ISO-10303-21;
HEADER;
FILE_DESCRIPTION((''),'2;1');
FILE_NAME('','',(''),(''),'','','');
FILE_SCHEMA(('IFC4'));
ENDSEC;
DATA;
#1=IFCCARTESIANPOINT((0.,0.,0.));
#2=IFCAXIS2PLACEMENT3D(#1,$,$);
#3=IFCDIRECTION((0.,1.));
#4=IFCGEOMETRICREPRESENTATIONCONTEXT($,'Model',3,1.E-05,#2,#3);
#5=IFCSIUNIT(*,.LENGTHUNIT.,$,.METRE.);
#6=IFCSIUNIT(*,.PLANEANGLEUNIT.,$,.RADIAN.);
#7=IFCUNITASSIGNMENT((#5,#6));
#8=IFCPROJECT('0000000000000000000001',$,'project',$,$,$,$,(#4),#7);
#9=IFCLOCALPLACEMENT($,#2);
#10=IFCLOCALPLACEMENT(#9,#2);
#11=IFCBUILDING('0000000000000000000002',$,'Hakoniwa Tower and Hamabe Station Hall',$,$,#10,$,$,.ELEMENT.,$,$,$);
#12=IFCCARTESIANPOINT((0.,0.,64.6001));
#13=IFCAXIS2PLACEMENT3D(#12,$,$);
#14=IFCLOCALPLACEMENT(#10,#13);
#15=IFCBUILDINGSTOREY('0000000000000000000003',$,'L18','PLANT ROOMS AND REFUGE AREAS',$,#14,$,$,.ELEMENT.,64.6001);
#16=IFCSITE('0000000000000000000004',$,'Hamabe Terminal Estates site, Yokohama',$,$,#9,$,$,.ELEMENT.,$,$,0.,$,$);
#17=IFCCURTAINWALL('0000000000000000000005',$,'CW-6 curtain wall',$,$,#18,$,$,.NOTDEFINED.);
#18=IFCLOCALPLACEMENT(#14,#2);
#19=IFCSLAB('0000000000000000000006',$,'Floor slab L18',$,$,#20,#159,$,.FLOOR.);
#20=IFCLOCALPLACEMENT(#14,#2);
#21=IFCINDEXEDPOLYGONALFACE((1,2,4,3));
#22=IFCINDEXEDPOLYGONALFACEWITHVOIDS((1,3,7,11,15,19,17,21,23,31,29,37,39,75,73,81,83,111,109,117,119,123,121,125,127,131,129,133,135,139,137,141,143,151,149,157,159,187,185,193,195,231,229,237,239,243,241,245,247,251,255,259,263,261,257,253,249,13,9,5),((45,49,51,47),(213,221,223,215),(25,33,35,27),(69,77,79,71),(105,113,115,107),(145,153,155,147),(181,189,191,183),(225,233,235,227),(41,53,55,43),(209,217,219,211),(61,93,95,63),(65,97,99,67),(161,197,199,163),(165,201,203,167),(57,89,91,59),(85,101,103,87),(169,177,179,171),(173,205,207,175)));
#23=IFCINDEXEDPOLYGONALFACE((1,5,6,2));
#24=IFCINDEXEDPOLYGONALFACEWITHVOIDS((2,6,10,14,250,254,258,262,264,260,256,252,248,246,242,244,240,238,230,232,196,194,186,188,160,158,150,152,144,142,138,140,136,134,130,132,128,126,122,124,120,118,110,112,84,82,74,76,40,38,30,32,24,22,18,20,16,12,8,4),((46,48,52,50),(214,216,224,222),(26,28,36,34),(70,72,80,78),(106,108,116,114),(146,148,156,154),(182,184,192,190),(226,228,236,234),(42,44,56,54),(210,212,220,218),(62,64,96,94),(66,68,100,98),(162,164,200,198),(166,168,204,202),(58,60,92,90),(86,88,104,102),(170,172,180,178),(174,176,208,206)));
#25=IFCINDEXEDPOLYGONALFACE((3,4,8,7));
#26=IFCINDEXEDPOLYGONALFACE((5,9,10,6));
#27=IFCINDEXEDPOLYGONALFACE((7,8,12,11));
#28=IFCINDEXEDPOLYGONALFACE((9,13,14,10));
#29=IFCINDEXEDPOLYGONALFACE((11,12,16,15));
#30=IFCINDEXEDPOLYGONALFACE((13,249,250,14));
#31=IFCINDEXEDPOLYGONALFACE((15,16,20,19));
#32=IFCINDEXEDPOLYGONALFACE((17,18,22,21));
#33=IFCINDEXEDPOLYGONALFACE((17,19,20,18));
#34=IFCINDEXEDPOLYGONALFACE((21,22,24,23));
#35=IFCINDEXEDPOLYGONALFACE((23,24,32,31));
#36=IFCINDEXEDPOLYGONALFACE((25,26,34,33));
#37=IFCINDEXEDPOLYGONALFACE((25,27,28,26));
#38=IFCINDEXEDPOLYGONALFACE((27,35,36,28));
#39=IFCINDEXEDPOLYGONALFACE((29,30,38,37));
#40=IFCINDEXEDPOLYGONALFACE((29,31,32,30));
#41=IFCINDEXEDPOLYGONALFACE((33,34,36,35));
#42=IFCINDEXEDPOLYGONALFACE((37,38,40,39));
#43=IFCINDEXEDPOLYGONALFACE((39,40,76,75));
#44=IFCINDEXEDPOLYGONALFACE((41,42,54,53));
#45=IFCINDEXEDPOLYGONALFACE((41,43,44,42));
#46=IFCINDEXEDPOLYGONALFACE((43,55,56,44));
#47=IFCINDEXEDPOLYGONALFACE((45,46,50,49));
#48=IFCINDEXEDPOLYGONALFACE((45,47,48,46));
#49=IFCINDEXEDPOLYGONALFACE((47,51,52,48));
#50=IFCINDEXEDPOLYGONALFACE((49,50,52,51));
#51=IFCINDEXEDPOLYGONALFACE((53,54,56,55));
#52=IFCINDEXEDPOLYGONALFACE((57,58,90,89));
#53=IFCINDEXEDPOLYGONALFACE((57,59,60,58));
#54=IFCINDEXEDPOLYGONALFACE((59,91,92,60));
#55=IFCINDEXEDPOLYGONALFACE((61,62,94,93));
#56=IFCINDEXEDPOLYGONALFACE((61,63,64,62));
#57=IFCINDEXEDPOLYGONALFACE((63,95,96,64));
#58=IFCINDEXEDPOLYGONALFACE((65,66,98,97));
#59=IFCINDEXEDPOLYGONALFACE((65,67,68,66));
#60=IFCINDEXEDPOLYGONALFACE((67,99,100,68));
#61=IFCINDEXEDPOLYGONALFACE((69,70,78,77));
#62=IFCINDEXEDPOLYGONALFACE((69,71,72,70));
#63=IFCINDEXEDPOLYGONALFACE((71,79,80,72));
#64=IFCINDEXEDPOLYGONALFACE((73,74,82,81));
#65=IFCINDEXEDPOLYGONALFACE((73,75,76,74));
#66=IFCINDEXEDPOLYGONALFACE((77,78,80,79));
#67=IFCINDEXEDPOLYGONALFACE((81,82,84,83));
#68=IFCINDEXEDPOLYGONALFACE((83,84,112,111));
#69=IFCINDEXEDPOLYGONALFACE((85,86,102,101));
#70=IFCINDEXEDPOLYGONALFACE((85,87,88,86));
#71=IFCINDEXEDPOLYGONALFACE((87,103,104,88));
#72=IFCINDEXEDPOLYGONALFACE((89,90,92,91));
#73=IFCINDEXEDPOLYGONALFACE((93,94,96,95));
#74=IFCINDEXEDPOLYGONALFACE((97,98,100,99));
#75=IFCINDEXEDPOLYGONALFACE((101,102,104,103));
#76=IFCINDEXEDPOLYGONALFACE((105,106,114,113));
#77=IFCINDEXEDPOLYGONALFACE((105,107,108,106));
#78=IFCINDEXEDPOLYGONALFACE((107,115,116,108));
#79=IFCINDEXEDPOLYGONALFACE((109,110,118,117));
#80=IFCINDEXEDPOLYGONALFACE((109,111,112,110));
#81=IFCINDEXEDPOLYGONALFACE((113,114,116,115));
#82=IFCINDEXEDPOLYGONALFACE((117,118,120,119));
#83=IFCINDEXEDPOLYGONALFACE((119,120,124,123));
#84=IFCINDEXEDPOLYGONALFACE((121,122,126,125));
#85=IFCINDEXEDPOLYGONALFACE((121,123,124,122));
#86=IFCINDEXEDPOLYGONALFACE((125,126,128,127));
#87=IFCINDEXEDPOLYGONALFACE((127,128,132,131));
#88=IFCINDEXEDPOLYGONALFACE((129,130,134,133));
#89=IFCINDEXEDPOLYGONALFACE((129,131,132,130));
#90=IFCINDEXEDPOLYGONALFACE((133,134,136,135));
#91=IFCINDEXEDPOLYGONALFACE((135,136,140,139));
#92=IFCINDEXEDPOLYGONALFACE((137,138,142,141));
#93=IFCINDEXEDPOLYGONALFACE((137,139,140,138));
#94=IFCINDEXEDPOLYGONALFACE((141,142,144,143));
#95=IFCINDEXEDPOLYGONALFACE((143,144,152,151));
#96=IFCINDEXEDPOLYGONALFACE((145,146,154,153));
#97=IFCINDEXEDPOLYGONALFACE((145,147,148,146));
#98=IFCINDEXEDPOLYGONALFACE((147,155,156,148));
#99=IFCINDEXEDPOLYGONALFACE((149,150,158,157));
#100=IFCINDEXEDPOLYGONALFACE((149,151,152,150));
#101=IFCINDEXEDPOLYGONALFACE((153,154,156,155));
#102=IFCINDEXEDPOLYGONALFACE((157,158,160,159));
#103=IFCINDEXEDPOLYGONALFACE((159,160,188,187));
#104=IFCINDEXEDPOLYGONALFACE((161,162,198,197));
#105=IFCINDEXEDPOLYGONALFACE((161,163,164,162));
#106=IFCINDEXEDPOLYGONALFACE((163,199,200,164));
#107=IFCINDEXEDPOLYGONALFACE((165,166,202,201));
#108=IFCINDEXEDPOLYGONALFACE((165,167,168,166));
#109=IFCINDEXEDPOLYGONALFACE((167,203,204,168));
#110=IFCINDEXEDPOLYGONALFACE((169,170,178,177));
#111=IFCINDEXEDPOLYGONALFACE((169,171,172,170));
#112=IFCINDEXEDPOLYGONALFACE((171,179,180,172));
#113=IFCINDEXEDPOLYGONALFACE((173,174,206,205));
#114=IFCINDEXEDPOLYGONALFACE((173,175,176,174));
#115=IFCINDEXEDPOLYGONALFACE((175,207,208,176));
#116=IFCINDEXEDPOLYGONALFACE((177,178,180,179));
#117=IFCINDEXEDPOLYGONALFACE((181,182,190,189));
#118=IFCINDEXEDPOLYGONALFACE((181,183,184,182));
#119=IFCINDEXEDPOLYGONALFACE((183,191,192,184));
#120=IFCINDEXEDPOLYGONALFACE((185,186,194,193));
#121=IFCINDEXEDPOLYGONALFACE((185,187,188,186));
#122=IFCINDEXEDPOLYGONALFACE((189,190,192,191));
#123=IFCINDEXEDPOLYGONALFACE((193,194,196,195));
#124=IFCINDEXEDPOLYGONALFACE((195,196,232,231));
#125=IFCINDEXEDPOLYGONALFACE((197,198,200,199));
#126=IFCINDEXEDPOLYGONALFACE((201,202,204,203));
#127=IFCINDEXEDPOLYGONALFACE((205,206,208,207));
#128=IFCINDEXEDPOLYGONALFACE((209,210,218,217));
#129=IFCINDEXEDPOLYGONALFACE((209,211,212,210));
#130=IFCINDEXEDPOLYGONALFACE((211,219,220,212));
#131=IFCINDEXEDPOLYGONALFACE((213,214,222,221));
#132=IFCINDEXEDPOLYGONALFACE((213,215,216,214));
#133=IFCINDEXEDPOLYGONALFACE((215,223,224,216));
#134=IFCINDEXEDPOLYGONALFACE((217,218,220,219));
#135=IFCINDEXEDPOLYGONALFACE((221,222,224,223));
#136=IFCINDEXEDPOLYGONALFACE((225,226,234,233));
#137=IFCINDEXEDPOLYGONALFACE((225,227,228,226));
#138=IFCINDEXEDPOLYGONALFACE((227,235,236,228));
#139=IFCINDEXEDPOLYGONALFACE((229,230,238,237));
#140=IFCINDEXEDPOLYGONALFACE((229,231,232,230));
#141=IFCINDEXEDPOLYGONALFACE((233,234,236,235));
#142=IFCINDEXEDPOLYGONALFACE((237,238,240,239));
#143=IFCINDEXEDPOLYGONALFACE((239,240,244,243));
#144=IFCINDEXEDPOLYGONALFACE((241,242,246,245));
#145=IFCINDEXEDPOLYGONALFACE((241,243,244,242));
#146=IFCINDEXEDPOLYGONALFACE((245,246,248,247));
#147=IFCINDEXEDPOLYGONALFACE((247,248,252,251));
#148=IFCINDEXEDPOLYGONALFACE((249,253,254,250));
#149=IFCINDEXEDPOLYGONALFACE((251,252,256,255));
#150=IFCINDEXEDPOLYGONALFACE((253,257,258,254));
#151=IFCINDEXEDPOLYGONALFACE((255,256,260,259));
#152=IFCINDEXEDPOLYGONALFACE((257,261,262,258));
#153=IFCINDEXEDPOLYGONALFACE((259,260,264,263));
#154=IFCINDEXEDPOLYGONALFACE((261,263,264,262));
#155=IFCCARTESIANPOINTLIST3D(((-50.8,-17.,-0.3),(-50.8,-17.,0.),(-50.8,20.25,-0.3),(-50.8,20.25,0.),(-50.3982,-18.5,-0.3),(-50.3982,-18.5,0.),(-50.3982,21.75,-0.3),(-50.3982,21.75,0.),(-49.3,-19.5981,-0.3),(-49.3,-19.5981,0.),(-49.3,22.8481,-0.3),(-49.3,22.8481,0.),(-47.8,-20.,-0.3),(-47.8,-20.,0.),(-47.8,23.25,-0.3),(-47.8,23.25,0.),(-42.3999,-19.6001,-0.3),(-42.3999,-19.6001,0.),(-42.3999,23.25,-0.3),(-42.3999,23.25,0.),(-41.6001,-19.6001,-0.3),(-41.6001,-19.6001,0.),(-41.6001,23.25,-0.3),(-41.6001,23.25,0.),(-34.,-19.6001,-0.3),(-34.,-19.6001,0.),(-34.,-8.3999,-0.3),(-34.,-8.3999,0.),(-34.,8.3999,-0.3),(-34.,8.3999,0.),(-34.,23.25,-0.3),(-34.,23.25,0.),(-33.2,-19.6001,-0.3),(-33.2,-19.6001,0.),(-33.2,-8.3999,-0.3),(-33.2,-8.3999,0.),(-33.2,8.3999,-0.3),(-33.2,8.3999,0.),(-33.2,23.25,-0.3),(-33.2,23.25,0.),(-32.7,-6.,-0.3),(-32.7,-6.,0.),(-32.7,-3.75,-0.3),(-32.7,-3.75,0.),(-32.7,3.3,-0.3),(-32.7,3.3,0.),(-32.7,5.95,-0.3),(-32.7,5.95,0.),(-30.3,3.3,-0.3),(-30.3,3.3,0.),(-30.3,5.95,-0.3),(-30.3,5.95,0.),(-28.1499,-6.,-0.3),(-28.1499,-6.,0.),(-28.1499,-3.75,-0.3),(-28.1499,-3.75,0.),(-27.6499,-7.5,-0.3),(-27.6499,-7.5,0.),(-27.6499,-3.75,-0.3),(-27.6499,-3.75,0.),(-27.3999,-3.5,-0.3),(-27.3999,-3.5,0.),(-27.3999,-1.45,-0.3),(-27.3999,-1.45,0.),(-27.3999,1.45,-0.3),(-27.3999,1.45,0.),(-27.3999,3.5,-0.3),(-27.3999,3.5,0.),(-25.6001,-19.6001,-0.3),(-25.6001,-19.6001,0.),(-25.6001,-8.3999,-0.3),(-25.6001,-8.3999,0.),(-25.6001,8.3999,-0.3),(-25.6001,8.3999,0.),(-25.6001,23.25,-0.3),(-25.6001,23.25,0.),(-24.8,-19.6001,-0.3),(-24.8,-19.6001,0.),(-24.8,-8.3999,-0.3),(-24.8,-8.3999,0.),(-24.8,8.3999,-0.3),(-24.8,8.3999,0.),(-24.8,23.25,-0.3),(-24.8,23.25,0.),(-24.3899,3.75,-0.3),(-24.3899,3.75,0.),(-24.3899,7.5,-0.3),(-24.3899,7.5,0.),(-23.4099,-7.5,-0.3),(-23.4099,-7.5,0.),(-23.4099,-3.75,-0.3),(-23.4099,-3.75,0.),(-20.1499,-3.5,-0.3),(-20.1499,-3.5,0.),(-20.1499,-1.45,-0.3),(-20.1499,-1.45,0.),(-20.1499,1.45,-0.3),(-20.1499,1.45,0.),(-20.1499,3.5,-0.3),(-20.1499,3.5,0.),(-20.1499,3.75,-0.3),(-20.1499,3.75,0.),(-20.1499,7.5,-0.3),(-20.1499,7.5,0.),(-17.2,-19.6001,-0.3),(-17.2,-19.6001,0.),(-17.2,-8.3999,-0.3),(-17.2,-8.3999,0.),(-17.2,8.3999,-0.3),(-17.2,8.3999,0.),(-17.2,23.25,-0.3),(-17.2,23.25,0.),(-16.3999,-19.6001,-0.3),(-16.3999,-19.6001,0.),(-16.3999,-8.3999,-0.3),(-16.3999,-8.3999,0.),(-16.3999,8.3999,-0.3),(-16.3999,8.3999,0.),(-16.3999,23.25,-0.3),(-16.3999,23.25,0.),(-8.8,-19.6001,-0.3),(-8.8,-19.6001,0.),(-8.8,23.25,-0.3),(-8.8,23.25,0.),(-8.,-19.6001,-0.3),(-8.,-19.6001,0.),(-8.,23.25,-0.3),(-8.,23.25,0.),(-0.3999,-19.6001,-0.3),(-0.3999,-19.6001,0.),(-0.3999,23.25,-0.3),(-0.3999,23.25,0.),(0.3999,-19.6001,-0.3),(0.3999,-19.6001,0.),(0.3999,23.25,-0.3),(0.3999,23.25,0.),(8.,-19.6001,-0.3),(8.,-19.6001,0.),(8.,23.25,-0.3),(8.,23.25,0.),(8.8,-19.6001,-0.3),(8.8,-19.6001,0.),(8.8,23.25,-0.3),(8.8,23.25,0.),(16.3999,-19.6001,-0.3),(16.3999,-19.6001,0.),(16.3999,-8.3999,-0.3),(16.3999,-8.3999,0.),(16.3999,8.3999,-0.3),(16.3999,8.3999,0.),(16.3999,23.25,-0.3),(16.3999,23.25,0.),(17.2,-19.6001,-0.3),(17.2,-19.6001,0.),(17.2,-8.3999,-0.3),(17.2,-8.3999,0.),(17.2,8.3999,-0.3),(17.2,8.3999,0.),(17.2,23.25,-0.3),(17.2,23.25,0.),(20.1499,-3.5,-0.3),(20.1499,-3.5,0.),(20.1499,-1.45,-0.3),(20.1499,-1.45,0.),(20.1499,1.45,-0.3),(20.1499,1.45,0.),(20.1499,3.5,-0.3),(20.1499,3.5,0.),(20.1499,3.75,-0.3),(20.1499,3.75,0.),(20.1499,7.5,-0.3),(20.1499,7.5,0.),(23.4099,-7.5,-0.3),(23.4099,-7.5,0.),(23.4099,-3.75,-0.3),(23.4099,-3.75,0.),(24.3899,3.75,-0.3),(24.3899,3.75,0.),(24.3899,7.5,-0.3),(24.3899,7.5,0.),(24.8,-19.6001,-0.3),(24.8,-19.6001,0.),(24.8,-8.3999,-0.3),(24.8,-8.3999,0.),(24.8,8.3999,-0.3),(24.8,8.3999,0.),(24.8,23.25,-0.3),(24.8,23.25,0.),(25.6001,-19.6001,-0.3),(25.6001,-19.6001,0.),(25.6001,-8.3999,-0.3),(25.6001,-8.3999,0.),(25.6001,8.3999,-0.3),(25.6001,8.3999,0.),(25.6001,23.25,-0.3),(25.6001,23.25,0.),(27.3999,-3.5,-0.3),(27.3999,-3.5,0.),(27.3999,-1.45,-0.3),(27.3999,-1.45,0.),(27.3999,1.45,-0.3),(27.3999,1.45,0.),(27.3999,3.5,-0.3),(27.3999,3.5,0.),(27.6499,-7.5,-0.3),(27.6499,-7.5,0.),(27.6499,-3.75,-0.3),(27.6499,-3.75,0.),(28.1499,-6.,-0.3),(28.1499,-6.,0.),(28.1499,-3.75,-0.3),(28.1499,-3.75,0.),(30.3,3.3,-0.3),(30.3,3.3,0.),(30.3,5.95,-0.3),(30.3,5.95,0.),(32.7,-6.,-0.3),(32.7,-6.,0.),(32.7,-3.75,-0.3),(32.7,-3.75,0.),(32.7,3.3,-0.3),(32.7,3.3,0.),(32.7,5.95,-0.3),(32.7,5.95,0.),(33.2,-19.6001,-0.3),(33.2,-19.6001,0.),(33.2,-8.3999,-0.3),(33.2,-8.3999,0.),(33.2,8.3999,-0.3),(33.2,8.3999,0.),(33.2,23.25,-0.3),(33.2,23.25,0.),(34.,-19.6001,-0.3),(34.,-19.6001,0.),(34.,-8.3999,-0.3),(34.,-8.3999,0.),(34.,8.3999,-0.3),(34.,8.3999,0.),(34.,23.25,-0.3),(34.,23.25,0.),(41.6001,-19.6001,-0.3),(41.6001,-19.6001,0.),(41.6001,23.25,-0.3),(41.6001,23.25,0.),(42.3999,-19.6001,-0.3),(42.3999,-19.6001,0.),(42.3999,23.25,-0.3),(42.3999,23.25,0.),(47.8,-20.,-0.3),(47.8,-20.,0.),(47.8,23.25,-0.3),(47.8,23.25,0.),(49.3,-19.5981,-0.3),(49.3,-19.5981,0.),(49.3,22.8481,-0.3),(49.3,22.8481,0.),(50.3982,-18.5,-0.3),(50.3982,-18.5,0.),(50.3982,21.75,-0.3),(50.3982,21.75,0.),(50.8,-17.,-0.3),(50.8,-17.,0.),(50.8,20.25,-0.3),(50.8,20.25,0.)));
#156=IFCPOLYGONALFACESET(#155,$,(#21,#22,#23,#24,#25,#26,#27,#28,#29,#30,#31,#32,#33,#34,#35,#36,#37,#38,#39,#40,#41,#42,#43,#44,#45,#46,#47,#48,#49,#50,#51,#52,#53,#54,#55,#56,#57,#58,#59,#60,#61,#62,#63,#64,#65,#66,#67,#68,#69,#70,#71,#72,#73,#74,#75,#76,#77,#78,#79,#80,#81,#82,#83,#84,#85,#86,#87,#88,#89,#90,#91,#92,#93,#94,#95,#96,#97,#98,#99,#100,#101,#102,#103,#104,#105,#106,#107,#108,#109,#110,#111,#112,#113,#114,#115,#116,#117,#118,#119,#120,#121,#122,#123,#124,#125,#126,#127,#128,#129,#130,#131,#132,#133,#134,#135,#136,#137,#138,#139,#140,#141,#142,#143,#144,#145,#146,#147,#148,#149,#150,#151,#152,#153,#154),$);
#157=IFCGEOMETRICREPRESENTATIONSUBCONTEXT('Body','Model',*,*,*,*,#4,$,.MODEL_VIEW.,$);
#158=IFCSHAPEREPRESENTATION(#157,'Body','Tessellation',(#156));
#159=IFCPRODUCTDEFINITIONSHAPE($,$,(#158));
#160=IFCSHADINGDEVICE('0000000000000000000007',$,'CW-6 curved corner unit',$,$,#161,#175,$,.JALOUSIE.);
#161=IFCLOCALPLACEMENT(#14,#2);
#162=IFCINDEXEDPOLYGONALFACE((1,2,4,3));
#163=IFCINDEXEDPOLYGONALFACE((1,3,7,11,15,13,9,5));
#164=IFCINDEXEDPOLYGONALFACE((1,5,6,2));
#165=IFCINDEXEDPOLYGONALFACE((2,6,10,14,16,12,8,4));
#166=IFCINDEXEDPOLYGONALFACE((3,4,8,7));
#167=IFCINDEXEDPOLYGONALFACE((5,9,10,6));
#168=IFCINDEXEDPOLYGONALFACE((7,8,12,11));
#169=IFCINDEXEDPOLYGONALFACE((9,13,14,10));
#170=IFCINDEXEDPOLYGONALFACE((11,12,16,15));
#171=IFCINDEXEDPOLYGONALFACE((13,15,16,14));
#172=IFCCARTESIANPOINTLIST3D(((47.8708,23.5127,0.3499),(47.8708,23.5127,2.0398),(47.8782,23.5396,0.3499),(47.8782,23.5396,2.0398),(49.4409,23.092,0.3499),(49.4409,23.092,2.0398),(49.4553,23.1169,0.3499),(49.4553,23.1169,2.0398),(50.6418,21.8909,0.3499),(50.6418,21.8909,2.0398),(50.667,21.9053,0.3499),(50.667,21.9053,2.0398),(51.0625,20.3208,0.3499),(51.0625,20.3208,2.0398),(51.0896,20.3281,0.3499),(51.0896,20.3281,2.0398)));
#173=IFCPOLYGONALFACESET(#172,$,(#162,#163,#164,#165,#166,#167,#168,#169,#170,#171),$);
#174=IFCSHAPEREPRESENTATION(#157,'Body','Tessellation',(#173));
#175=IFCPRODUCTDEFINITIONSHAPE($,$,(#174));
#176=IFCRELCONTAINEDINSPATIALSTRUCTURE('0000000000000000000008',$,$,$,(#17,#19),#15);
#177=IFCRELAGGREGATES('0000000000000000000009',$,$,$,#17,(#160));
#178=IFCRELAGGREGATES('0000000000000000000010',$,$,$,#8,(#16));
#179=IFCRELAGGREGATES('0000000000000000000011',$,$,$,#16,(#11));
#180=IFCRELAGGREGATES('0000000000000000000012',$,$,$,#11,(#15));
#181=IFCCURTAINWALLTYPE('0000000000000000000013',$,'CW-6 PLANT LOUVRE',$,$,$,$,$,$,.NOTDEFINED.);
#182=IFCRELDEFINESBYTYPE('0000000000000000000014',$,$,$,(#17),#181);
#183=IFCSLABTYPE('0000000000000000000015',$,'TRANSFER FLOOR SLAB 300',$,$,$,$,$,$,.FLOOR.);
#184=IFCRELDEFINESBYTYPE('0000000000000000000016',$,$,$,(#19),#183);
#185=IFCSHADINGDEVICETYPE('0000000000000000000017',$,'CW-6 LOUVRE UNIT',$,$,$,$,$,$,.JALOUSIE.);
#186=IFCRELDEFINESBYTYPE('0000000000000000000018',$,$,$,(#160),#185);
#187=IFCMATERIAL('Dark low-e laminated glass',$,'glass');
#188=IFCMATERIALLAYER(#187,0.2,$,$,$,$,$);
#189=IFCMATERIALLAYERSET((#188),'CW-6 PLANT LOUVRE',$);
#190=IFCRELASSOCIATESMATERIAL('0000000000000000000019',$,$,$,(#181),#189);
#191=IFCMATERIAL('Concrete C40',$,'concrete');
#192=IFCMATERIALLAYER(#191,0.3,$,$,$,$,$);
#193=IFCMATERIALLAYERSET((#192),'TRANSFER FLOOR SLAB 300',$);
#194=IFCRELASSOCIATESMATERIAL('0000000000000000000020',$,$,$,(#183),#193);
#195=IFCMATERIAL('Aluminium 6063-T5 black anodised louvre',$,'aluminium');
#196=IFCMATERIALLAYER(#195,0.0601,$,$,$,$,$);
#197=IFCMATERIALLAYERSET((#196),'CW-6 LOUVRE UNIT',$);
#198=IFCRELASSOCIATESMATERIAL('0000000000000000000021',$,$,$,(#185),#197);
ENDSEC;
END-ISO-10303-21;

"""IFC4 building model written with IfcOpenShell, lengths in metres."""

from ifc_helpers import new_model, si_unit, direction, frame, origin, place, context, subcontext, project, spatial, polyline, outline, extrude, material, layer, layer_set, type_object, element, aggregate, save


model = new_model("IFC4")

# Units and contexts
model_context = context("Model", 3, precision=1e-05, world=origin(), true_north=direction((0.0, 1.0)))
body_context = subcontext(model_context, "Body", "Model", "MODEL_VIEW")
ifc_project = project(units=[si_unit("LENGTHUNIT", "METRE"), si_unit("PLANEANGLEUNIT", "RADIAN")], contexts=[model_context])

# Site, building, storey
site_placement = place(None, origin())
site = spatial("IfcSite", under=ifc_project, at=site_placement, Name="Hamabe Terminal Estates site, Yokohama", CompositionType="ELEMENT", RefElevation=0.0)
building_placement = place(site_placement, origin())
building = spatial("IfcBuilding", under=site, at=building_placement, Name="Hakoniwa Tower and Hamabe Station Hall", CompositionType="ELEMENT")
storey_placement = place(building_placement, frame((0.0, 0.0, 64.6001)))
storey = spatial("IfcBuildingStorey", under=building, at=storey_placement, Name="L18", Description="PLANT ROOMS AND REFUGE AREAS", CompositionType="ELEMENT", Elevation=64.6001)

# Curtain wall
ifc_material_1 = material(Name="Dark low-e laminated glass", Category="glass")
ifc_layer_1 = layer(ifc_material_1, 0.2)
ifc_layer_set_1 = layer_set([ifc_layer_1], Name="CW-6 PLANT LOUVRE")
curtain_wall_type = type_object("IfcCurtainWallType", Name="CW-6 PLANT LOUVRE", PredefinedType="NOTDEFINED", material=ifc_layer_set_1)
curtain_wall_1_placement = place(storey_placement, origin())
curtain_wall_1 = element("IfcCurtainWall", 1, at=curtain_wall_1_placement, inside=storey, type_object=curtain_wall_type, Name="CW-6 curtain wall", PredefinedType="NOTDEFINED")

# Slab
ifc_material_2 = material(Name="Concrete C40", Category="concrete")
ifc_layer_2 = layer(ifc_material_2, 0.3)
ifc_layer_set_2 = layer_set([ifc_layer_2], Name="TRANSFER FLOOR SLAB 300")
slab_type = type_object("IfcSlabType", Name="TRANSFER FLOOR SLAB 300", PredefinedType="FLOOR", material=ifc_layer_set_2)
slab_placement = place(storey_placement, frame((0.0, 0.0, -0.3)))
element("IfcSlab", 2, at=slab_placement, inside=storey, type_object=slab_type, Name="Floor slab L18", PredefinedType="FLOOR", context=body_context, shape_type="SweptSolid", body=[
    extrude(outline(polyline([(-50.3982, -18.5), (-49.3, -19.5981), (-47.8, -20.0), (47.8, -20.0), (49.3, -19.5981), (50.3982, -18.5), (50.8, -17.0), (50.8, 20.25), (50.3982, 21.75), (49.3, 22.8481), (47.8, 23.25), (42.3999, 23.25), (42.3999, -19.6001), (41.6001, -19.6001), (41.6001, 23.25), (34.0, 23.25), (34.0, 8.3999), (33.2, 8.3999), (33.2, 23.25), (25.6001, 23.25), (25.6001, 8.3999), (24.8, 8.3999), (24.8, 23.25), (17.2, 23.25), (17.2, 8.3999), (16.3999, 8.3999), (16.3999, 23.25), (8.8, 23.25), (8.8, -19.6001), (8.0, -19.6001), (8.0, 23.25), (0.3999, 23.25), (0.3999, -19.6001), (-0.3999, -19.6001), (-0.3999, 23.25), (-8.0, 23.25), (-8.0, -19.6001), (-8.8, -19.6001), (-8.8, 23.25), (-16.3999, 23.25), (-16.3999, 8.3999), (-17.2, 8.3999), (-17.2, 23.25), (-24.8, 23.25), (-24.8, 8.3999), (-25.6001, 8.3999), (-25.6001, 23.25), (-33.2, 23.25), (-33.2, 8.3999), (-34.0, 8.3999), (-34.0, 23.25), (-41.6001, 23.25), (-41.6001, -19.6001), (-42.3999, -19.6001), (-42.3999, 23.25), (-47.8, 23.25), (-49.3, 22.8481), (-50.3982, 21.75), (-50.8, 20.25), (-50.8, -17.0), (-50.3982, -18.5)]), holes=[polyline([(-27.3999, 1.45), (-27.3999, 3.5), (-20.1499, 3.5), (-20.1499, 1.45), (-27.3999, 1.45)]), polyline([(-27.3999, -3.5), (-27.3999, -1.45), (-20.1499, -1.45), (-20.1499, -3.5), (-27.3999, -3.5)]), polyline([(-32.7, 3.3), (-32.7, 5.95), (-30.3, 5.95), (-30.3, 3.3), (-32.7, 3.3)]), polyline([(-32.7, -6.0), (-32.7, -3.75), (-28.1499, -3.75), (-28.1499, -6.0), (-32.7, -6.0)]), polyline([(-24.3899, 3.75), (-24.3899, 7.5), (-20.1499, 7.5), (-20.1499, 3.75), (-24.3899, 3.75)]), polyline([(-27.6499, -7.5), (-27.6499, -3.75), (-23.4099, -3.75), (-23.4099, -7.5), (-27.6499, -7.5)]), polyline([(20.1499, 1.45), (20.1499, 3.5), (27.3999, 3.5), (27.3999, 1.45), (20.1499, 1.45)]), polyline([(20.1499, -3.5), (20.1499, -1.45), (27.3999, -1.45), (27.3999, -3.5), (20.1499, -3.5)]), polyline([(30.3, 3.3), (30.3, 5.95), (32.7, 5.95), (32.7, 3.3), (30.3, 3.3)]), polyline([(28.1499, -6.0), (28.1499, -3.75), (32.7, -3.75), (32.7, -6.0), (28.1499, -6.0)]), polyline([(20.1499, 3.75), (20.1499, 7.5), (24.3899, 7.5), (24.3899, 3.75), (20.1499, 3.75)]), polyline([(23.4099, -7.5), (23.4099, -3.75), (27.6499, -3.75), (27.6499, -7.5), (23.4099, -7.5)]), polyline([(-34.0, -19.6001), (-34.0, -8.3999), (-33.2, -8.3999), (-33.2, -19.6001), (-34.0, -19.6001)]), polyline([(-25.6001, -19.6001), (-25.6001, -8.3999), (-24.8, -8.3999), (-24.8, -19.6001), (-25.6001, -19.6001)]), polyline([(-17.2, -19.6001), (-17.2, -8.3999), (-16.3999, -8.3999), (-16.3999, -19.6001), (-17.2, -19.6001)]), polyline([(16.3999, -19.6001), (16.3999, -8.3999), (17.2, -8.3999), (17.2, -19.6001), (16.3999, -19.6001)]), polyline([(24.8, -19.6001), (24.8, -8.3999), (25.6001, -8.3999), (25.6001, -19.6001), (24.8, -19.6001)]), polyline([(33.2, -19.6001), (33.2, -8.3999), (34.0, -8.3999), (34.0, -19.6001), (33.2, -19.6001)])]), origin(), (0.0, 0.0, 1.0), 0.3),
])

# Shading device
ifc_material_3 = material(Name="Aluminium 6063-T5 black anodised louvre", Category="aluminium")
ifc_layer_3 = layer(ifc_material_3, 0.0601)
ifc_layer_set_3 = layer_set([ifc_layer_3], Name="CW-6 LOUVRE UNIT")
shading_device_type = type_object("IfcShadingDeviceType", Name="CW-6 LOUVRE UNIT", PredefinedType="JALOUSIE", material=ifc_layer_set_3)
shading_device_1_placement = place(storey_placement, frame((0.0, 0.0, 0.3499)))
shading_device_1 = element("IfcShadingDevice", 3, at=shading_device_1_placement, type_object=shading_device_type, Name="CW-6 curved corner unit", PredefinedType="JALOUSIE", context=body_context, shape_type="SweptSolid", body=[
    extrude(outline(polyline([(51.0896, 20.3281), (50.667, 21.9053), (49.4553, 23.1169), (47.8782, 23.5396), (47.8708, 23.5127), (49.4409, 23.092), (50.6418, 21.8909), (51.0625, 20.3208), (51.0896, 20.3281)])), origin(), (0.0, 0.0, 1.0), 1.6899),
])
aggregate(curtain_wall_1, [shading_device_1])

save(model, "model.ifc")
